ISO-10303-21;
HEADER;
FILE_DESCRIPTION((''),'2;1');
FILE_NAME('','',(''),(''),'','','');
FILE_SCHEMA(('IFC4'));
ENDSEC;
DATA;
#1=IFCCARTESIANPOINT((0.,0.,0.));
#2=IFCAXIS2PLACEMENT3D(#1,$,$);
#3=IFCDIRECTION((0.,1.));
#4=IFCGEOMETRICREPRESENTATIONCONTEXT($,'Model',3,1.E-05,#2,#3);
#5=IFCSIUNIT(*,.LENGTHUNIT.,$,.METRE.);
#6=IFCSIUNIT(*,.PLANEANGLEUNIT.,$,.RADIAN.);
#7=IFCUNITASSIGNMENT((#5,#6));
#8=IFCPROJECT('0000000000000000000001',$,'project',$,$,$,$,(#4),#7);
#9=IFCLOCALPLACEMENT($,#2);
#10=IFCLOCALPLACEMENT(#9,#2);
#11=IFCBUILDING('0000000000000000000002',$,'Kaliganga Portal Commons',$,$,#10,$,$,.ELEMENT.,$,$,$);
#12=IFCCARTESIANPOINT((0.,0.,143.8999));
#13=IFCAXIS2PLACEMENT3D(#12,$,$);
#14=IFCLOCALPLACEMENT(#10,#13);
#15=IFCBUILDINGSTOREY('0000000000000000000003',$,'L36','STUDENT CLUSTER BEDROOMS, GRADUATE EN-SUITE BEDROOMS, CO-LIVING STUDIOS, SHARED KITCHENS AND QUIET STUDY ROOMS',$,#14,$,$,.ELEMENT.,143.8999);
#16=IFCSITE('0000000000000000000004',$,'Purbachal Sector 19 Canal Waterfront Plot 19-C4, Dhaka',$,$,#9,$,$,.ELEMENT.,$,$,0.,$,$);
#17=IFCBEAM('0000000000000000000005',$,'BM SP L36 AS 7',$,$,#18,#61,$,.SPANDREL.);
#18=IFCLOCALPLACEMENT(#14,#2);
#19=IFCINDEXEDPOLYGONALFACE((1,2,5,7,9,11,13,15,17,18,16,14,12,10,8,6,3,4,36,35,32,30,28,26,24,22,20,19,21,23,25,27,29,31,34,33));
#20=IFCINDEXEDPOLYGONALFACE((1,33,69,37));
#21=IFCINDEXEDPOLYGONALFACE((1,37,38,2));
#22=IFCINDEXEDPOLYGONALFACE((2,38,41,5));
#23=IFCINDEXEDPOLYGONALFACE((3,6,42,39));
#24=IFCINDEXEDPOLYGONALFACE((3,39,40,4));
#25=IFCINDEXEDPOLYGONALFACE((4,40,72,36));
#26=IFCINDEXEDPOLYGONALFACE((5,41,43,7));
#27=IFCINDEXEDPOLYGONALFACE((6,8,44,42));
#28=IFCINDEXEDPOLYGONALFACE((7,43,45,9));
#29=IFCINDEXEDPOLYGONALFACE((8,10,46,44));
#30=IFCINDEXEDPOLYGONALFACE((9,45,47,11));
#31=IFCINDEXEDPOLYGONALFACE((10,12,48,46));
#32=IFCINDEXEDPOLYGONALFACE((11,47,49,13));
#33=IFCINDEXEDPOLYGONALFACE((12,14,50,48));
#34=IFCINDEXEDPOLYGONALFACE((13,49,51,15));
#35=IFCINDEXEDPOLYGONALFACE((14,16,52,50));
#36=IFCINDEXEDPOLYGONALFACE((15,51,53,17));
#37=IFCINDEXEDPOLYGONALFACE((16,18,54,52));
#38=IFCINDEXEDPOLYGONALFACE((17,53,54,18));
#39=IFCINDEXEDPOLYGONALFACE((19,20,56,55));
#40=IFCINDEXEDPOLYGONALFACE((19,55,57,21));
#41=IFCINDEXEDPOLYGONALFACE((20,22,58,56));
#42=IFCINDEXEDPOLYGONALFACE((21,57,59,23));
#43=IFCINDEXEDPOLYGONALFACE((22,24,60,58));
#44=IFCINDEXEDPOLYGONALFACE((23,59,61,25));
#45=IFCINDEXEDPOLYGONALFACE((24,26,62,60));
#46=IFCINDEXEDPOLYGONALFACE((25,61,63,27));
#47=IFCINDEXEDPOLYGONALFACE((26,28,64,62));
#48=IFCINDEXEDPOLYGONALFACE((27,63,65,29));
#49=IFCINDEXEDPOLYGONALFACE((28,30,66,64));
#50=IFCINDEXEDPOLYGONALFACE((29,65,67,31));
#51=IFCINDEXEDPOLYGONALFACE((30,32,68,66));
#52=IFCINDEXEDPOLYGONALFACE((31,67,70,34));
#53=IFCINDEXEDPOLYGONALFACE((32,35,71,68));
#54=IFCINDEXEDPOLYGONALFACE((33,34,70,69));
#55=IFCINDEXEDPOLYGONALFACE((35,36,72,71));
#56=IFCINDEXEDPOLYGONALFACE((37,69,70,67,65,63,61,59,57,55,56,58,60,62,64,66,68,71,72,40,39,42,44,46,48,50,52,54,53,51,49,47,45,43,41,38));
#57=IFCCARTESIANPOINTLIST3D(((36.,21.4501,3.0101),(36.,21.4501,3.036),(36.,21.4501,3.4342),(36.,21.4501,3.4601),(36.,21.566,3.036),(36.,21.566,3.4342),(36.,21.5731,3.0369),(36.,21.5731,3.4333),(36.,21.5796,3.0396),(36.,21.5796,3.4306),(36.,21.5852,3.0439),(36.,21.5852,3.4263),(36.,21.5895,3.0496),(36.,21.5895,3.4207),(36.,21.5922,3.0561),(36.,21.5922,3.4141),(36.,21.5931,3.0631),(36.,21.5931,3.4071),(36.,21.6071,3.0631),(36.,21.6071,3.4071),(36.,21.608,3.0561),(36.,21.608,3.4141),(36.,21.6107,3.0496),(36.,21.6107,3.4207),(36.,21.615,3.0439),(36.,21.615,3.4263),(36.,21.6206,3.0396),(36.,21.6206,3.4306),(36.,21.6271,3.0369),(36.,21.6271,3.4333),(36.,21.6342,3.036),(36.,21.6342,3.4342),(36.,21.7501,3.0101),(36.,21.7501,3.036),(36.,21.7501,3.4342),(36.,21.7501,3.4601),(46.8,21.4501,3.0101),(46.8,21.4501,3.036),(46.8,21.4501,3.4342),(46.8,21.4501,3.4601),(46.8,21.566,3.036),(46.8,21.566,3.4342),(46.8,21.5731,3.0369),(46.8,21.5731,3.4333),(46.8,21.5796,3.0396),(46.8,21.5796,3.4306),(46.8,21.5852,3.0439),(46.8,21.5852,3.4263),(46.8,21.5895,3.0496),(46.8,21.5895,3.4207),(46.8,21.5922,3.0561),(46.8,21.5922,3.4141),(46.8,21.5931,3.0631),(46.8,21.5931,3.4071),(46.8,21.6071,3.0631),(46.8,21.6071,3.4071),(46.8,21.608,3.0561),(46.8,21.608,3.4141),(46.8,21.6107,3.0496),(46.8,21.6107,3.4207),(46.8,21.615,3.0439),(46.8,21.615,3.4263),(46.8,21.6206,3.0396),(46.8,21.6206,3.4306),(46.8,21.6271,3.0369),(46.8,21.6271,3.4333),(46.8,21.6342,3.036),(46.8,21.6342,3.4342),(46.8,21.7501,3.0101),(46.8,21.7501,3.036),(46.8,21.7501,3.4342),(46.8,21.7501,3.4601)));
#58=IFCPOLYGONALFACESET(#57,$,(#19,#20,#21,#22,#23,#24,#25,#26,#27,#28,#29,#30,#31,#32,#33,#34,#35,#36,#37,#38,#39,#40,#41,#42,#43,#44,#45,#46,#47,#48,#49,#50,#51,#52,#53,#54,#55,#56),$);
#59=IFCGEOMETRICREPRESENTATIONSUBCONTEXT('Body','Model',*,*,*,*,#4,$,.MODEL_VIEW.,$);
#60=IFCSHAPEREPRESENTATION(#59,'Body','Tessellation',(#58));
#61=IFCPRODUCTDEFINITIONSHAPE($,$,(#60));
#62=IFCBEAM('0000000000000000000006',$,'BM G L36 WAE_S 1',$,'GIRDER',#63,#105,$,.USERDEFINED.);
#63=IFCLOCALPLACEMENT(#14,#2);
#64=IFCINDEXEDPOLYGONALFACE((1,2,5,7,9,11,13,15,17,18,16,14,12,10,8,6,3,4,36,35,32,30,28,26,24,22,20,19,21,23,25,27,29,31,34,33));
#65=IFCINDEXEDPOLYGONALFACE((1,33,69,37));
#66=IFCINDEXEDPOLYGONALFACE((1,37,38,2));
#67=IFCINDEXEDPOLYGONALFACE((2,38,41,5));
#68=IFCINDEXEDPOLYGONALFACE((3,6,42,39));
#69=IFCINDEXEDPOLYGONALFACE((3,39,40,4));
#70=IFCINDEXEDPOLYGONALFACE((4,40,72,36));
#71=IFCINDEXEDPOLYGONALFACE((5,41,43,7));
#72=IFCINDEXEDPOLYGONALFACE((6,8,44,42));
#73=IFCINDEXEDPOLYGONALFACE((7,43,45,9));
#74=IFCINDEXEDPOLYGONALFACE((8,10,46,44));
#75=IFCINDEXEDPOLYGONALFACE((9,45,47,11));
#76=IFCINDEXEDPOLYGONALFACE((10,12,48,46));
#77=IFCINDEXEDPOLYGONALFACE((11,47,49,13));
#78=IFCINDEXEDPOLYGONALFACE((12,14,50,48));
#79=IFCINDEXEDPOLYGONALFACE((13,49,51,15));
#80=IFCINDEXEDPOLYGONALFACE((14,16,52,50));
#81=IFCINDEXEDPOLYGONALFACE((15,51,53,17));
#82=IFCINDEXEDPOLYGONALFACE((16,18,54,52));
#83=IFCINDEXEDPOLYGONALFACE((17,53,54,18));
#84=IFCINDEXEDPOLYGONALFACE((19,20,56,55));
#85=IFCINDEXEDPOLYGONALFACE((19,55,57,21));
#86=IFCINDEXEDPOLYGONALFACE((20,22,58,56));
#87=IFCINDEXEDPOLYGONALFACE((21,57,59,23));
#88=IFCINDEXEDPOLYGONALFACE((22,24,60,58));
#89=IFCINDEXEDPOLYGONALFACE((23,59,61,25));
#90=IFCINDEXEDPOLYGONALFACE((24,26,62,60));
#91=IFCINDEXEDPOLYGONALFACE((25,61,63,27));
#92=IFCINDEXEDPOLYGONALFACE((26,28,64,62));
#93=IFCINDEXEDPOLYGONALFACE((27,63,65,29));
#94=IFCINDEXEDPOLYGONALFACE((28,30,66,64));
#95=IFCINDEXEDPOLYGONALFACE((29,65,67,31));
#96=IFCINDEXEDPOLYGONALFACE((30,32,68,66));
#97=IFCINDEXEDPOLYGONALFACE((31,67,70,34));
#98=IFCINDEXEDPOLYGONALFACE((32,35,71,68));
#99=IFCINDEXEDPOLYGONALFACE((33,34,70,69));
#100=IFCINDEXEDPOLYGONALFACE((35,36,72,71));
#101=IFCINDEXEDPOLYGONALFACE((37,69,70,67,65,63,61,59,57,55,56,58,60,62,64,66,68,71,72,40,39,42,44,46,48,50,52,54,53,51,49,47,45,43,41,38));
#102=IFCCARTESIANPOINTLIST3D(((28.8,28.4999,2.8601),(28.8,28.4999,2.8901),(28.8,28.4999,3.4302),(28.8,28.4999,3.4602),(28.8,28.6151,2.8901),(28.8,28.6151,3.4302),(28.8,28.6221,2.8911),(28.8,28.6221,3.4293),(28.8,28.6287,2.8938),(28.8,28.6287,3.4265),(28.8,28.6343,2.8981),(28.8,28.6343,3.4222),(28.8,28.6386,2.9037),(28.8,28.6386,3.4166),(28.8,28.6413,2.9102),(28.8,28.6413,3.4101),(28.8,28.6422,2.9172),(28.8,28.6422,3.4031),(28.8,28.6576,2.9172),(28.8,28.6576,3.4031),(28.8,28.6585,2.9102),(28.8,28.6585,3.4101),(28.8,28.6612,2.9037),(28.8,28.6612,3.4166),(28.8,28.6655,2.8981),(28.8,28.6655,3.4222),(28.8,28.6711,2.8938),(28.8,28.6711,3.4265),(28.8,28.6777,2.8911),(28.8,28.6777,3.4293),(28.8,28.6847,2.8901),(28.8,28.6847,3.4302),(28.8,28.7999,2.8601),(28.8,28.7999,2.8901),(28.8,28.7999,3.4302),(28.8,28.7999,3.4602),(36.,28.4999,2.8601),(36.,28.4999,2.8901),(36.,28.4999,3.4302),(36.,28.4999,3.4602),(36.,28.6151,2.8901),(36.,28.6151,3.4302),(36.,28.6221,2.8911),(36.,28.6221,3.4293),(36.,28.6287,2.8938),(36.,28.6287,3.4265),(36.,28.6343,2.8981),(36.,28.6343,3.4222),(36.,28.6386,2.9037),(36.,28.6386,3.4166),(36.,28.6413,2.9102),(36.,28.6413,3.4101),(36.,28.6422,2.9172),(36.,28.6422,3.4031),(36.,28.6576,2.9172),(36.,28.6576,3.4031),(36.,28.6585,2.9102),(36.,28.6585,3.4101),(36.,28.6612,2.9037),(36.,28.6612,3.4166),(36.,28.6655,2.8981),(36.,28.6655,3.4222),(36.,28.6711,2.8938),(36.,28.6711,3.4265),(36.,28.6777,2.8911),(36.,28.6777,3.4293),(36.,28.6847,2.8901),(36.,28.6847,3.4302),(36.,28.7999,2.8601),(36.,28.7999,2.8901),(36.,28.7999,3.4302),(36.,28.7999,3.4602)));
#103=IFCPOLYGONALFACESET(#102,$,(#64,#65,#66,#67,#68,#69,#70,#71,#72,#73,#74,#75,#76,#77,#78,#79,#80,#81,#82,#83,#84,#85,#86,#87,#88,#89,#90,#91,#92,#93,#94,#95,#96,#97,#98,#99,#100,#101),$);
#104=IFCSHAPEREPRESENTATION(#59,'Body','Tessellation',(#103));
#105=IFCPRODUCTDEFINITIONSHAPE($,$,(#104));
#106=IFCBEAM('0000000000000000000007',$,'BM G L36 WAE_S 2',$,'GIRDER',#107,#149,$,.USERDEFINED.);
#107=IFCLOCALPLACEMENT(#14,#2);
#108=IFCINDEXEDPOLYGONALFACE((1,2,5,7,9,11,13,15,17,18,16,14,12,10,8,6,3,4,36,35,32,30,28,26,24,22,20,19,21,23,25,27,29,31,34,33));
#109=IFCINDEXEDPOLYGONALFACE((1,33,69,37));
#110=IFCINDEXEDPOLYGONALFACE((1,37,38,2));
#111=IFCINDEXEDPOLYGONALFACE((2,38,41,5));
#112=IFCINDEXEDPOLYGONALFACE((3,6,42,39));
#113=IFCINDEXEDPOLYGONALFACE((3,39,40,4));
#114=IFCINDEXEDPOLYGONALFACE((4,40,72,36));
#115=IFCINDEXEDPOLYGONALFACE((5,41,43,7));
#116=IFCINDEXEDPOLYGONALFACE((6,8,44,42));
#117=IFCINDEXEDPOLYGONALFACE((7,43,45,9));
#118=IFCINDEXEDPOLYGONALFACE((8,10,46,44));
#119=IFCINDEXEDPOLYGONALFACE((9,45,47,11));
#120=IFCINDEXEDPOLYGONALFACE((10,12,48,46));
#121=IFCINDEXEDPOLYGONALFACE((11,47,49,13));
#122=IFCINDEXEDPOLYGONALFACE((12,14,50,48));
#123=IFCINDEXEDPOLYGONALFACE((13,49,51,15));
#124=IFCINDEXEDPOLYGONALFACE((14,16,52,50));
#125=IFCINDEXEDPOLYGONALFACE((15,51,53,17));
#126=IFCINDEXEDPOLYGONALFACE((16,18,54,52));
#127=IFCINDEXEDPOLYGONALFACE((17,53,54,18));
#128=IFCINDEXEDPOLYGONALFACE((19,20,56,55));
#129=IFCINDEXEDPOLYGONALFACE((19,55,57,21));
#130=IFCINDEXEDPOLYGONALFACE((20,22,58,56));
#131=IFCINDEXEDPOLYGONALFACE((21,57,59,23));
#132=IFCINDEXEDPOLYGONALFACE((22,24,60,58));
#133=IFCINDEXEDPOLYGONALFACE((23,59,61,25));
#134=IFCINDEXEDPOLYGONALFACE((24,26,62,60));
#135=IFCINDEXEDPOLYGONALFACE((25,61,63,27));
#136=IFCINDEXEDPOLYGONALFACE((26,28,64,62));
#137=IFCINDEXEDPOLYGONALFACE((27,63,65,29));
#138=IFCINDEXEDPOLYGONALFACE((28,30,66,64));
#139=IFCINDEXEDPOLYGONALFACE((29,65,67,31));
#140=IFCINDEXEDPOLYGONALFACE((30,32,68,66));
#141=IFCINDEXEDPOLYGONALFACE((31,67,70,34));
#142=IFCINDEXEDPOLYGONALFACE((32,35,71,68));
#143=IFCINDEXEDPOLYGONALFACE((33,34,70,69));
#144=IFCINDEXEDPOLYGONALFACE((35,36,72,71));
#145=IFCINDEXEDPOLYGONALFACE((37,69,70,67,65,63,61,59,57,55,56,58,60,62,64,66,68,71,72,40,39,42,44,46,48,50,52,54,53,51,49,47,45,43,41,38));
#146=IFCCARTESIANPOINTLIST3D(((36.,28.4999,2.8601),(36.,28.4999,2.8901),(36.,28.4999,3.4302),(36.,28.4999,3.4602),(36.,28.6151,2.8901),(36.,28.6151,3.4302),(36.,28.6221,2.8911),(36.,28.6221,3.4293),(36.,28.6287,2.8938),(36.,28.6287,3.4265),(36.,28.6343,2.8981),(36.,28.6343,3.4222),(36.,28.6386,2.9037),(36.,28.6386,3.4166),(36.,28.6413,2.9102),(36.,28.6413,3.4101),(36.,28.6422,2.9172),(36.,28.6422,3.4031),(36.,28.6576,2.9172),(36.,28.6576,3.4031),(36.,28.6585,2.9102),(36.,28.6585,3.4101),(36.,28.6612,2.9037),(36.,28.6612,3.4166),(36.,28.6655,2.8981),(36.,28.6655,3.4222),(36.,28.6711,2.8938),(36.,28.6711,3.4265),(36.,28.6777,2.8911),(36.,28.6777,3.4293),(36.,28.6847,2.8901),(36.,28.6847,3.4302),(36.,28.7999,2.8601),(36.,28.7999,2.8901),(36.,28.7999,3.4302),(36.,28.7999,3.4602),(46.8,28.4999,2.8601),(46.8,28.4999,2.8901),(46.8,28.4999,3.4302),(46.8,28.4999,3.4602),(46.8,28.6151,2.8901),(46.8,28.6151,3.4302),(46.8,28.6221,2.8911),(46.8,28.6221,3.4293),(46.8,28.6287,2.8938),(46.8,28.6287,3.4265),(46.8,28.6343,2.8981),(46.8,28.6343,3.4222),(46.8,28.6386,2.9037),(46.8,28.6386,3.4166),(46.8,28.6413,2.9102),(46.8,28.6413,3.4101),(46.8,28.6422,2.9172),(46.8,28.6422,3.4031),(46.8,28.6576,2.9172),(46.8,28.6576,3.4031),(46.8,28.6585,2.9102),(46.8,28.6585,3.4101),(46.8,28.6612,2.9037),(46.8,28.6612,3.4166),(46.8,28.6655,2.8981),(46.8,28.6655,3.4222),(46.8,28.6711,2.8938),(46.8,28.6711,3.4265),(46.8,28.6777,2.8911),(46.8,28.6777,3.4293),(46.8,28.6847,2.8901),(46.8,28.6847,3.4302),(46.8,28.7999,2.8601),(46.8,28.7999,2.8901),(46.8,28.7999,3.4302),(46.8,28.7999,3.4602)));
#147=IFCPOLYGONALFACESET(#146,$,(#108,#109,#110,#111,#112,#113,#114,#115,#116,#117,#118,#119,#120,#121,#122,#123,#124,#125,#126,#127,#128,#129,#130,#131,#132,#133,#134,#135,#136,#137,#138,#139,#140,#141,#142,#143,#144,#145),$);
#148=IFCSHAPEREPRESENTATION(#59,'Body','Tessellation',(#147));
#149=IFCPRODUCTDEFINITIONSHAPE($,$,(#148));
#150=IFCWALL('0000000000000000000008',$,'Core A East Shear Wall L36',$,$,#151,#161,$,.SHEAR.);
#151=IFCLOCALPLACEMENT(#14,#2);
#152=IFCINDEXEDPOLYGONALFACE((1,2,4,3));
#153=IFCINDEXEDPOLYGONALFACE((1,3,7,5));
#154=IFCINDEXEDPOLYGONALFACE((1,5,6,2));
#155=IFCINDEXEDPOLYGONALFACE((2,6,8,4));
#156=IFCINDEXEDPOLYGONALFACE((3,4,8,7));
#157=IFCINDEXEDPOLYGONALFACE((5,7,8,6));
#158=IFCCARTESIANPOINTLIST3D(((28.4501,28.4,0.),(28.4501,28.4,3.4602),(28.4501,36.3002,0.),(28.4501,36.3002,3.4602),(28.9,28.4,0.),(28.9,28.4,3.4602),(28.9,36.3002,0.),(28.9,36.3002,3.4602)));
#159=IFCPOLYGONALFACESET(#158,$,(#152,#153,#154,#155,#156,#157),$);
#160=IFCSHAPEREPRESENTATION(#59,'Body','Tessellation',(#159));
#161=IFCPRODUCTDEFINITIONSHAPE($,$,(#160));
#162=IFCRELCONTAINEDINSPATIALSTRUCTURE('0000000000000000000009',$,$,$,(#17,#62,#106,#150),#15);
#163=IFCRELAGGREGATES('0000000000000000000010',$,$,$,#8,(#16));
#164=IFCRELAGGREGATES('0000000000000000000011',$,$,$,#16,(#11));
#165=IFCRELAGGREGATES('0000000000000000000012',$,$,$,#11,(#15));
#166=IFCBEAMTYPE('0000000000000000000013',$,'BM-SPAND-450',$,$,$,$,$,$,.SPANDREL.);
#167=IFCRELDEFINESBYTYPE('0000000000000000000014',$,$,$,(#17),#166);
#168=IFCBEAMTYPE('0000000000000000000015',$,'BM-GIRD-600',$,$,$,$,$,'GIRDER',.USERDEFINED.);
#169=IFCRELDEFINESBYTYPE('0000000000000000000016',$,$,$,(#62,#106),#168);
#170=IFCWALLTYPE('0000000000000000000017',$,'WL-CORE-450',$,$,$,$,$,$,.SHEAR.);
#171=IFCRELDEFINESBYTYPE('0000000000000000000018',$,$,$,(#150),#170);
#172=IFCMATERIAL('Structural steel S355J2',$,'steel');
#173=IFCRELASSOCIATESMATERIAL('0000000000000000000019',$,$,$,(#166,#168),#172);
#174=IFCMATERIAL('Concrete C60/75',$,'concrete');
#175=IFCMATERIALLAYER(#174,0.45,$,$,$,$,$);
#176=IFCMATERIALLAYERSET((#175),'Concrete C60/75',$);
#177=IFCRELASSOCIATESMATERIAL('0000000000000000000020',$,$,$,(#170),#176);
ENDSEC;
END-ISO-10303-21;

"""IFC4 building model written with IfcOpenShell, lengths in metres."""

from ifc_helpers import new_model, si_unit, direction, frame, frame_2d, origin, origin_2d, place, context, subcontext, project, spatial, rectangle, i_section, extrude, source, transform, mapped, material, layer, layer_set, material_profile, profile_set, type_object, element, save


model = new_model("IFC4")

# Units and contexts
model_context = context("Model", 3, precision=1e-05, world=origin(), true_north=direction((0.0, 1.0)))
body_context = subcontext(model_context, "Body", "Model", "MODEL_VIEW")
ifc_project = project(units=[si_unit("LENGTHUNIT", "METRE"), si_unit("PLANEANGLEUNIT", "RADIAN")], contexts=[model_context])

# Site, building, storey
site_placement = place(None, origin())
site = spatial("IfcSite", under=ifc_project, at=site_placement, Name="Purbachal Sector 19 Canal Waterfront Plot 19-C4, Dhaka", CompositionType="ELEMENT", RefElevation=0.0)
building_placement = place(site_placement, origin())
building = spatial("IfcBuilding", under=site, at=building_placement, Name="Kaliganga Portal Commons", CompositionType="ELEMENT")
storey_placement = place(building_placement, frame((0.0, 0.0, 143.8999)))
storey = spatial("IfcBuildingStorey", under=building, at=storey_placement, Name="L36", Description="STUDENT CLUSTER BEDROOMS, GRADUATE EN-SUITE BEDROOMS, CO-LIVING STUDIOS, SHARED KITCHENS AND QUIET STUDY ROOMS", CompositionType="ELEMENT", Elevation=143.8999)

# Shared definitions
ifc_material_1 = material(Name="Concrete C60/75", Category="concrete")

# Beams
ifc_material_2 = material(Name="Structural steel S355J2", Category="steel")
ifc_material_profile_1 = material_profile(ifc_material_2, i_section(OverallWidth=0.3, OverallDepth=0.45, WebThickness=0.0139, FlangeThickness=0.0259, FilletRadius=0.0271, at=origin_2d()), Name="HE 450 B")
ifc_profile_set_1 = profile_set([ifc_material_profile_1], Name="Structural steel S355J2 wide-flange")
beam_type_1 = type_object("IfcBeamType", Name="BM-SPAND-450", PredefinedType="SPANDREL", material=ifc_profile_set_1)
shared_shape_1 = source(origin(), body_context, "Body", "SweptSolid", [
    extrude(i_section(OverallWidth=0.3, OverallDepth=0.45, WebThickness=0.0139, FlangeThickness=0.0259, FilletRadius=0.0271, at=origin_2d()), origin(), (0.0, 0.0, 1.0), 10.8),
])
beam_1_placement = place(storey_placement, frame((36.0, 21.6001, 3.2351), z_axis=(1.0, 0.0, 0.0), x_axis=(0.0, 1.0, 0.0)))
element("IfcBeam", 1, at=beam_1_placement, inside=storey, type_object=beam_type_1, Name="BM SP L36 AS 7", PredefinedType="SPANDREL", context=body_context, shape_type="MappedRepresentation", body=[
    mapped(shared_shape_1, transform((0.0, 0.0, 0.0), x_axis=(1.0, 0.0, 0.0), y_axis=(0.0, 1.0, 0.0), z_axis=(0.0, 0.0, 1.0), scale=1.0)),
])
ifc_material_profile_2 = material_profile(ifc_material_2, i_section(OverallWidth=0.3, OverallDepth=0.6001, WebThickness=0.0154, FlangeThickness=0.03, FilletRadius=0.0271, at=origin_2d()), Name="HE 600 B")
ifc_profile_set_2 = profile_set([ifc_material_profile_2], Name="Structural steel S355J2 wide-flange")
beam_type_2 = type_object("IfcBeamType", Name="BM-GIRD-600", ElementType="GIRDER", PredefinedType="USERDEFINED", material=ifc_profile_set_2)
shared_shape_2 = source(origin(), body_context, "Body", "SweptSolid", [
    extrude(i_section(OverallWidth=0.3, OverallDepth=0.6001, WebThickness=0.0154, FlangeThickness=0.03, FilletRadius=0.0271, at=origin_2d()), origin(), (0.0, 0.0, 1.0), 7.2),
])
beam_2_placement = place(storey_placement, frame((28.8, 28.6499, 3.1602), z_axis=(1.0, 0.0, 0.0), x_axis=(0.0, 1.0, 0.0)))
element("IfcBeam", 2, at=beam_2_placement, inside=storey, type_object=beam_type_2, Name="BM G L36 WAE_S 1", ObjectType="GIRDER", PredefinedType="USERDEFINED", context=body_context, shape_type="MappedRepresentation", body=[
    mapped(shared_shape_2, transform((0.0, 0.0, 0.0), x_axis=(1.0, 0.0, 0.0), y_axis=(0.0, 1.0, 0.0), z_axis=(0.0, 0.0, 1.0), scale=1.0)),
])
shared_shape_3 = source(origin(), body_context, "Body", "SweptSolid", [
    extrude(i_section(OverallWidth=0.3, OverallDepth=0.6001, WebThickness=0.0154, FlangeThickness=0.03, FilletRadius=0.0271, at=origin_2d()), origin(), (0.0, 0.0, 1.0), 10.8),
])
beam_3_placement = place(storey_placement, frame((36.0, 28.6499, 3.1602), z_axis=(1.0, 0.0, 0.0), x_axis=(0.0, 1.0, 0.0)))
element("IfcBeam", 3, at=beam_3_placement, inside=storey, type_object=beam_type_2, Name="BM G L36 WAE_S 2", ObjectType="GIRDER", PredefinedType="USERDEFINED", context=body_context, shape_type="MappedRepresentation", body=[
    mapped(shared_shape_3, transform((0.0, 0.0, 0.0), x_axis=(1.0, 0.0, 0.0), y_axis=(0.0, 1.0, 0.0), z_axis=(0.0, 0.0, 1.0), scale=1.0)),
])

# Wall
ifc_layer_1 = layer(ifc_material_1, 0.45)
ifc_layer_set_1 = layer_set([ifc_layer_1], Name="Concrete C60/75")
wall_type_1 = type_object("IfcWallType", Name="WL-CORE-450", PredefinedType="SHEAR", material=ifc_layer_set_1)
wall_1_placement = place(storey_placement, frame((28.675, 28.3999, 0.0), z_axis=(0.0, 0.0, 1.0), x_axis=(0.0, 1.0, 0.0)))
element("IfcWall", 4, at=wall_1_placement, inside=storey, type_object=wall_type_1, Name="Core A East Shear Wall L36", PredefinedType="SHEAR", context=body_context, shape_type="SweptSolid", body=[
    extrude(rectangle(XDim=7.9001, YDim=0.45, at=frame_2d((3.9502, 0.0))), origin(), (0.0, 0.0, 1.0), 3.4602),
])

save(model, "model.ifc")
